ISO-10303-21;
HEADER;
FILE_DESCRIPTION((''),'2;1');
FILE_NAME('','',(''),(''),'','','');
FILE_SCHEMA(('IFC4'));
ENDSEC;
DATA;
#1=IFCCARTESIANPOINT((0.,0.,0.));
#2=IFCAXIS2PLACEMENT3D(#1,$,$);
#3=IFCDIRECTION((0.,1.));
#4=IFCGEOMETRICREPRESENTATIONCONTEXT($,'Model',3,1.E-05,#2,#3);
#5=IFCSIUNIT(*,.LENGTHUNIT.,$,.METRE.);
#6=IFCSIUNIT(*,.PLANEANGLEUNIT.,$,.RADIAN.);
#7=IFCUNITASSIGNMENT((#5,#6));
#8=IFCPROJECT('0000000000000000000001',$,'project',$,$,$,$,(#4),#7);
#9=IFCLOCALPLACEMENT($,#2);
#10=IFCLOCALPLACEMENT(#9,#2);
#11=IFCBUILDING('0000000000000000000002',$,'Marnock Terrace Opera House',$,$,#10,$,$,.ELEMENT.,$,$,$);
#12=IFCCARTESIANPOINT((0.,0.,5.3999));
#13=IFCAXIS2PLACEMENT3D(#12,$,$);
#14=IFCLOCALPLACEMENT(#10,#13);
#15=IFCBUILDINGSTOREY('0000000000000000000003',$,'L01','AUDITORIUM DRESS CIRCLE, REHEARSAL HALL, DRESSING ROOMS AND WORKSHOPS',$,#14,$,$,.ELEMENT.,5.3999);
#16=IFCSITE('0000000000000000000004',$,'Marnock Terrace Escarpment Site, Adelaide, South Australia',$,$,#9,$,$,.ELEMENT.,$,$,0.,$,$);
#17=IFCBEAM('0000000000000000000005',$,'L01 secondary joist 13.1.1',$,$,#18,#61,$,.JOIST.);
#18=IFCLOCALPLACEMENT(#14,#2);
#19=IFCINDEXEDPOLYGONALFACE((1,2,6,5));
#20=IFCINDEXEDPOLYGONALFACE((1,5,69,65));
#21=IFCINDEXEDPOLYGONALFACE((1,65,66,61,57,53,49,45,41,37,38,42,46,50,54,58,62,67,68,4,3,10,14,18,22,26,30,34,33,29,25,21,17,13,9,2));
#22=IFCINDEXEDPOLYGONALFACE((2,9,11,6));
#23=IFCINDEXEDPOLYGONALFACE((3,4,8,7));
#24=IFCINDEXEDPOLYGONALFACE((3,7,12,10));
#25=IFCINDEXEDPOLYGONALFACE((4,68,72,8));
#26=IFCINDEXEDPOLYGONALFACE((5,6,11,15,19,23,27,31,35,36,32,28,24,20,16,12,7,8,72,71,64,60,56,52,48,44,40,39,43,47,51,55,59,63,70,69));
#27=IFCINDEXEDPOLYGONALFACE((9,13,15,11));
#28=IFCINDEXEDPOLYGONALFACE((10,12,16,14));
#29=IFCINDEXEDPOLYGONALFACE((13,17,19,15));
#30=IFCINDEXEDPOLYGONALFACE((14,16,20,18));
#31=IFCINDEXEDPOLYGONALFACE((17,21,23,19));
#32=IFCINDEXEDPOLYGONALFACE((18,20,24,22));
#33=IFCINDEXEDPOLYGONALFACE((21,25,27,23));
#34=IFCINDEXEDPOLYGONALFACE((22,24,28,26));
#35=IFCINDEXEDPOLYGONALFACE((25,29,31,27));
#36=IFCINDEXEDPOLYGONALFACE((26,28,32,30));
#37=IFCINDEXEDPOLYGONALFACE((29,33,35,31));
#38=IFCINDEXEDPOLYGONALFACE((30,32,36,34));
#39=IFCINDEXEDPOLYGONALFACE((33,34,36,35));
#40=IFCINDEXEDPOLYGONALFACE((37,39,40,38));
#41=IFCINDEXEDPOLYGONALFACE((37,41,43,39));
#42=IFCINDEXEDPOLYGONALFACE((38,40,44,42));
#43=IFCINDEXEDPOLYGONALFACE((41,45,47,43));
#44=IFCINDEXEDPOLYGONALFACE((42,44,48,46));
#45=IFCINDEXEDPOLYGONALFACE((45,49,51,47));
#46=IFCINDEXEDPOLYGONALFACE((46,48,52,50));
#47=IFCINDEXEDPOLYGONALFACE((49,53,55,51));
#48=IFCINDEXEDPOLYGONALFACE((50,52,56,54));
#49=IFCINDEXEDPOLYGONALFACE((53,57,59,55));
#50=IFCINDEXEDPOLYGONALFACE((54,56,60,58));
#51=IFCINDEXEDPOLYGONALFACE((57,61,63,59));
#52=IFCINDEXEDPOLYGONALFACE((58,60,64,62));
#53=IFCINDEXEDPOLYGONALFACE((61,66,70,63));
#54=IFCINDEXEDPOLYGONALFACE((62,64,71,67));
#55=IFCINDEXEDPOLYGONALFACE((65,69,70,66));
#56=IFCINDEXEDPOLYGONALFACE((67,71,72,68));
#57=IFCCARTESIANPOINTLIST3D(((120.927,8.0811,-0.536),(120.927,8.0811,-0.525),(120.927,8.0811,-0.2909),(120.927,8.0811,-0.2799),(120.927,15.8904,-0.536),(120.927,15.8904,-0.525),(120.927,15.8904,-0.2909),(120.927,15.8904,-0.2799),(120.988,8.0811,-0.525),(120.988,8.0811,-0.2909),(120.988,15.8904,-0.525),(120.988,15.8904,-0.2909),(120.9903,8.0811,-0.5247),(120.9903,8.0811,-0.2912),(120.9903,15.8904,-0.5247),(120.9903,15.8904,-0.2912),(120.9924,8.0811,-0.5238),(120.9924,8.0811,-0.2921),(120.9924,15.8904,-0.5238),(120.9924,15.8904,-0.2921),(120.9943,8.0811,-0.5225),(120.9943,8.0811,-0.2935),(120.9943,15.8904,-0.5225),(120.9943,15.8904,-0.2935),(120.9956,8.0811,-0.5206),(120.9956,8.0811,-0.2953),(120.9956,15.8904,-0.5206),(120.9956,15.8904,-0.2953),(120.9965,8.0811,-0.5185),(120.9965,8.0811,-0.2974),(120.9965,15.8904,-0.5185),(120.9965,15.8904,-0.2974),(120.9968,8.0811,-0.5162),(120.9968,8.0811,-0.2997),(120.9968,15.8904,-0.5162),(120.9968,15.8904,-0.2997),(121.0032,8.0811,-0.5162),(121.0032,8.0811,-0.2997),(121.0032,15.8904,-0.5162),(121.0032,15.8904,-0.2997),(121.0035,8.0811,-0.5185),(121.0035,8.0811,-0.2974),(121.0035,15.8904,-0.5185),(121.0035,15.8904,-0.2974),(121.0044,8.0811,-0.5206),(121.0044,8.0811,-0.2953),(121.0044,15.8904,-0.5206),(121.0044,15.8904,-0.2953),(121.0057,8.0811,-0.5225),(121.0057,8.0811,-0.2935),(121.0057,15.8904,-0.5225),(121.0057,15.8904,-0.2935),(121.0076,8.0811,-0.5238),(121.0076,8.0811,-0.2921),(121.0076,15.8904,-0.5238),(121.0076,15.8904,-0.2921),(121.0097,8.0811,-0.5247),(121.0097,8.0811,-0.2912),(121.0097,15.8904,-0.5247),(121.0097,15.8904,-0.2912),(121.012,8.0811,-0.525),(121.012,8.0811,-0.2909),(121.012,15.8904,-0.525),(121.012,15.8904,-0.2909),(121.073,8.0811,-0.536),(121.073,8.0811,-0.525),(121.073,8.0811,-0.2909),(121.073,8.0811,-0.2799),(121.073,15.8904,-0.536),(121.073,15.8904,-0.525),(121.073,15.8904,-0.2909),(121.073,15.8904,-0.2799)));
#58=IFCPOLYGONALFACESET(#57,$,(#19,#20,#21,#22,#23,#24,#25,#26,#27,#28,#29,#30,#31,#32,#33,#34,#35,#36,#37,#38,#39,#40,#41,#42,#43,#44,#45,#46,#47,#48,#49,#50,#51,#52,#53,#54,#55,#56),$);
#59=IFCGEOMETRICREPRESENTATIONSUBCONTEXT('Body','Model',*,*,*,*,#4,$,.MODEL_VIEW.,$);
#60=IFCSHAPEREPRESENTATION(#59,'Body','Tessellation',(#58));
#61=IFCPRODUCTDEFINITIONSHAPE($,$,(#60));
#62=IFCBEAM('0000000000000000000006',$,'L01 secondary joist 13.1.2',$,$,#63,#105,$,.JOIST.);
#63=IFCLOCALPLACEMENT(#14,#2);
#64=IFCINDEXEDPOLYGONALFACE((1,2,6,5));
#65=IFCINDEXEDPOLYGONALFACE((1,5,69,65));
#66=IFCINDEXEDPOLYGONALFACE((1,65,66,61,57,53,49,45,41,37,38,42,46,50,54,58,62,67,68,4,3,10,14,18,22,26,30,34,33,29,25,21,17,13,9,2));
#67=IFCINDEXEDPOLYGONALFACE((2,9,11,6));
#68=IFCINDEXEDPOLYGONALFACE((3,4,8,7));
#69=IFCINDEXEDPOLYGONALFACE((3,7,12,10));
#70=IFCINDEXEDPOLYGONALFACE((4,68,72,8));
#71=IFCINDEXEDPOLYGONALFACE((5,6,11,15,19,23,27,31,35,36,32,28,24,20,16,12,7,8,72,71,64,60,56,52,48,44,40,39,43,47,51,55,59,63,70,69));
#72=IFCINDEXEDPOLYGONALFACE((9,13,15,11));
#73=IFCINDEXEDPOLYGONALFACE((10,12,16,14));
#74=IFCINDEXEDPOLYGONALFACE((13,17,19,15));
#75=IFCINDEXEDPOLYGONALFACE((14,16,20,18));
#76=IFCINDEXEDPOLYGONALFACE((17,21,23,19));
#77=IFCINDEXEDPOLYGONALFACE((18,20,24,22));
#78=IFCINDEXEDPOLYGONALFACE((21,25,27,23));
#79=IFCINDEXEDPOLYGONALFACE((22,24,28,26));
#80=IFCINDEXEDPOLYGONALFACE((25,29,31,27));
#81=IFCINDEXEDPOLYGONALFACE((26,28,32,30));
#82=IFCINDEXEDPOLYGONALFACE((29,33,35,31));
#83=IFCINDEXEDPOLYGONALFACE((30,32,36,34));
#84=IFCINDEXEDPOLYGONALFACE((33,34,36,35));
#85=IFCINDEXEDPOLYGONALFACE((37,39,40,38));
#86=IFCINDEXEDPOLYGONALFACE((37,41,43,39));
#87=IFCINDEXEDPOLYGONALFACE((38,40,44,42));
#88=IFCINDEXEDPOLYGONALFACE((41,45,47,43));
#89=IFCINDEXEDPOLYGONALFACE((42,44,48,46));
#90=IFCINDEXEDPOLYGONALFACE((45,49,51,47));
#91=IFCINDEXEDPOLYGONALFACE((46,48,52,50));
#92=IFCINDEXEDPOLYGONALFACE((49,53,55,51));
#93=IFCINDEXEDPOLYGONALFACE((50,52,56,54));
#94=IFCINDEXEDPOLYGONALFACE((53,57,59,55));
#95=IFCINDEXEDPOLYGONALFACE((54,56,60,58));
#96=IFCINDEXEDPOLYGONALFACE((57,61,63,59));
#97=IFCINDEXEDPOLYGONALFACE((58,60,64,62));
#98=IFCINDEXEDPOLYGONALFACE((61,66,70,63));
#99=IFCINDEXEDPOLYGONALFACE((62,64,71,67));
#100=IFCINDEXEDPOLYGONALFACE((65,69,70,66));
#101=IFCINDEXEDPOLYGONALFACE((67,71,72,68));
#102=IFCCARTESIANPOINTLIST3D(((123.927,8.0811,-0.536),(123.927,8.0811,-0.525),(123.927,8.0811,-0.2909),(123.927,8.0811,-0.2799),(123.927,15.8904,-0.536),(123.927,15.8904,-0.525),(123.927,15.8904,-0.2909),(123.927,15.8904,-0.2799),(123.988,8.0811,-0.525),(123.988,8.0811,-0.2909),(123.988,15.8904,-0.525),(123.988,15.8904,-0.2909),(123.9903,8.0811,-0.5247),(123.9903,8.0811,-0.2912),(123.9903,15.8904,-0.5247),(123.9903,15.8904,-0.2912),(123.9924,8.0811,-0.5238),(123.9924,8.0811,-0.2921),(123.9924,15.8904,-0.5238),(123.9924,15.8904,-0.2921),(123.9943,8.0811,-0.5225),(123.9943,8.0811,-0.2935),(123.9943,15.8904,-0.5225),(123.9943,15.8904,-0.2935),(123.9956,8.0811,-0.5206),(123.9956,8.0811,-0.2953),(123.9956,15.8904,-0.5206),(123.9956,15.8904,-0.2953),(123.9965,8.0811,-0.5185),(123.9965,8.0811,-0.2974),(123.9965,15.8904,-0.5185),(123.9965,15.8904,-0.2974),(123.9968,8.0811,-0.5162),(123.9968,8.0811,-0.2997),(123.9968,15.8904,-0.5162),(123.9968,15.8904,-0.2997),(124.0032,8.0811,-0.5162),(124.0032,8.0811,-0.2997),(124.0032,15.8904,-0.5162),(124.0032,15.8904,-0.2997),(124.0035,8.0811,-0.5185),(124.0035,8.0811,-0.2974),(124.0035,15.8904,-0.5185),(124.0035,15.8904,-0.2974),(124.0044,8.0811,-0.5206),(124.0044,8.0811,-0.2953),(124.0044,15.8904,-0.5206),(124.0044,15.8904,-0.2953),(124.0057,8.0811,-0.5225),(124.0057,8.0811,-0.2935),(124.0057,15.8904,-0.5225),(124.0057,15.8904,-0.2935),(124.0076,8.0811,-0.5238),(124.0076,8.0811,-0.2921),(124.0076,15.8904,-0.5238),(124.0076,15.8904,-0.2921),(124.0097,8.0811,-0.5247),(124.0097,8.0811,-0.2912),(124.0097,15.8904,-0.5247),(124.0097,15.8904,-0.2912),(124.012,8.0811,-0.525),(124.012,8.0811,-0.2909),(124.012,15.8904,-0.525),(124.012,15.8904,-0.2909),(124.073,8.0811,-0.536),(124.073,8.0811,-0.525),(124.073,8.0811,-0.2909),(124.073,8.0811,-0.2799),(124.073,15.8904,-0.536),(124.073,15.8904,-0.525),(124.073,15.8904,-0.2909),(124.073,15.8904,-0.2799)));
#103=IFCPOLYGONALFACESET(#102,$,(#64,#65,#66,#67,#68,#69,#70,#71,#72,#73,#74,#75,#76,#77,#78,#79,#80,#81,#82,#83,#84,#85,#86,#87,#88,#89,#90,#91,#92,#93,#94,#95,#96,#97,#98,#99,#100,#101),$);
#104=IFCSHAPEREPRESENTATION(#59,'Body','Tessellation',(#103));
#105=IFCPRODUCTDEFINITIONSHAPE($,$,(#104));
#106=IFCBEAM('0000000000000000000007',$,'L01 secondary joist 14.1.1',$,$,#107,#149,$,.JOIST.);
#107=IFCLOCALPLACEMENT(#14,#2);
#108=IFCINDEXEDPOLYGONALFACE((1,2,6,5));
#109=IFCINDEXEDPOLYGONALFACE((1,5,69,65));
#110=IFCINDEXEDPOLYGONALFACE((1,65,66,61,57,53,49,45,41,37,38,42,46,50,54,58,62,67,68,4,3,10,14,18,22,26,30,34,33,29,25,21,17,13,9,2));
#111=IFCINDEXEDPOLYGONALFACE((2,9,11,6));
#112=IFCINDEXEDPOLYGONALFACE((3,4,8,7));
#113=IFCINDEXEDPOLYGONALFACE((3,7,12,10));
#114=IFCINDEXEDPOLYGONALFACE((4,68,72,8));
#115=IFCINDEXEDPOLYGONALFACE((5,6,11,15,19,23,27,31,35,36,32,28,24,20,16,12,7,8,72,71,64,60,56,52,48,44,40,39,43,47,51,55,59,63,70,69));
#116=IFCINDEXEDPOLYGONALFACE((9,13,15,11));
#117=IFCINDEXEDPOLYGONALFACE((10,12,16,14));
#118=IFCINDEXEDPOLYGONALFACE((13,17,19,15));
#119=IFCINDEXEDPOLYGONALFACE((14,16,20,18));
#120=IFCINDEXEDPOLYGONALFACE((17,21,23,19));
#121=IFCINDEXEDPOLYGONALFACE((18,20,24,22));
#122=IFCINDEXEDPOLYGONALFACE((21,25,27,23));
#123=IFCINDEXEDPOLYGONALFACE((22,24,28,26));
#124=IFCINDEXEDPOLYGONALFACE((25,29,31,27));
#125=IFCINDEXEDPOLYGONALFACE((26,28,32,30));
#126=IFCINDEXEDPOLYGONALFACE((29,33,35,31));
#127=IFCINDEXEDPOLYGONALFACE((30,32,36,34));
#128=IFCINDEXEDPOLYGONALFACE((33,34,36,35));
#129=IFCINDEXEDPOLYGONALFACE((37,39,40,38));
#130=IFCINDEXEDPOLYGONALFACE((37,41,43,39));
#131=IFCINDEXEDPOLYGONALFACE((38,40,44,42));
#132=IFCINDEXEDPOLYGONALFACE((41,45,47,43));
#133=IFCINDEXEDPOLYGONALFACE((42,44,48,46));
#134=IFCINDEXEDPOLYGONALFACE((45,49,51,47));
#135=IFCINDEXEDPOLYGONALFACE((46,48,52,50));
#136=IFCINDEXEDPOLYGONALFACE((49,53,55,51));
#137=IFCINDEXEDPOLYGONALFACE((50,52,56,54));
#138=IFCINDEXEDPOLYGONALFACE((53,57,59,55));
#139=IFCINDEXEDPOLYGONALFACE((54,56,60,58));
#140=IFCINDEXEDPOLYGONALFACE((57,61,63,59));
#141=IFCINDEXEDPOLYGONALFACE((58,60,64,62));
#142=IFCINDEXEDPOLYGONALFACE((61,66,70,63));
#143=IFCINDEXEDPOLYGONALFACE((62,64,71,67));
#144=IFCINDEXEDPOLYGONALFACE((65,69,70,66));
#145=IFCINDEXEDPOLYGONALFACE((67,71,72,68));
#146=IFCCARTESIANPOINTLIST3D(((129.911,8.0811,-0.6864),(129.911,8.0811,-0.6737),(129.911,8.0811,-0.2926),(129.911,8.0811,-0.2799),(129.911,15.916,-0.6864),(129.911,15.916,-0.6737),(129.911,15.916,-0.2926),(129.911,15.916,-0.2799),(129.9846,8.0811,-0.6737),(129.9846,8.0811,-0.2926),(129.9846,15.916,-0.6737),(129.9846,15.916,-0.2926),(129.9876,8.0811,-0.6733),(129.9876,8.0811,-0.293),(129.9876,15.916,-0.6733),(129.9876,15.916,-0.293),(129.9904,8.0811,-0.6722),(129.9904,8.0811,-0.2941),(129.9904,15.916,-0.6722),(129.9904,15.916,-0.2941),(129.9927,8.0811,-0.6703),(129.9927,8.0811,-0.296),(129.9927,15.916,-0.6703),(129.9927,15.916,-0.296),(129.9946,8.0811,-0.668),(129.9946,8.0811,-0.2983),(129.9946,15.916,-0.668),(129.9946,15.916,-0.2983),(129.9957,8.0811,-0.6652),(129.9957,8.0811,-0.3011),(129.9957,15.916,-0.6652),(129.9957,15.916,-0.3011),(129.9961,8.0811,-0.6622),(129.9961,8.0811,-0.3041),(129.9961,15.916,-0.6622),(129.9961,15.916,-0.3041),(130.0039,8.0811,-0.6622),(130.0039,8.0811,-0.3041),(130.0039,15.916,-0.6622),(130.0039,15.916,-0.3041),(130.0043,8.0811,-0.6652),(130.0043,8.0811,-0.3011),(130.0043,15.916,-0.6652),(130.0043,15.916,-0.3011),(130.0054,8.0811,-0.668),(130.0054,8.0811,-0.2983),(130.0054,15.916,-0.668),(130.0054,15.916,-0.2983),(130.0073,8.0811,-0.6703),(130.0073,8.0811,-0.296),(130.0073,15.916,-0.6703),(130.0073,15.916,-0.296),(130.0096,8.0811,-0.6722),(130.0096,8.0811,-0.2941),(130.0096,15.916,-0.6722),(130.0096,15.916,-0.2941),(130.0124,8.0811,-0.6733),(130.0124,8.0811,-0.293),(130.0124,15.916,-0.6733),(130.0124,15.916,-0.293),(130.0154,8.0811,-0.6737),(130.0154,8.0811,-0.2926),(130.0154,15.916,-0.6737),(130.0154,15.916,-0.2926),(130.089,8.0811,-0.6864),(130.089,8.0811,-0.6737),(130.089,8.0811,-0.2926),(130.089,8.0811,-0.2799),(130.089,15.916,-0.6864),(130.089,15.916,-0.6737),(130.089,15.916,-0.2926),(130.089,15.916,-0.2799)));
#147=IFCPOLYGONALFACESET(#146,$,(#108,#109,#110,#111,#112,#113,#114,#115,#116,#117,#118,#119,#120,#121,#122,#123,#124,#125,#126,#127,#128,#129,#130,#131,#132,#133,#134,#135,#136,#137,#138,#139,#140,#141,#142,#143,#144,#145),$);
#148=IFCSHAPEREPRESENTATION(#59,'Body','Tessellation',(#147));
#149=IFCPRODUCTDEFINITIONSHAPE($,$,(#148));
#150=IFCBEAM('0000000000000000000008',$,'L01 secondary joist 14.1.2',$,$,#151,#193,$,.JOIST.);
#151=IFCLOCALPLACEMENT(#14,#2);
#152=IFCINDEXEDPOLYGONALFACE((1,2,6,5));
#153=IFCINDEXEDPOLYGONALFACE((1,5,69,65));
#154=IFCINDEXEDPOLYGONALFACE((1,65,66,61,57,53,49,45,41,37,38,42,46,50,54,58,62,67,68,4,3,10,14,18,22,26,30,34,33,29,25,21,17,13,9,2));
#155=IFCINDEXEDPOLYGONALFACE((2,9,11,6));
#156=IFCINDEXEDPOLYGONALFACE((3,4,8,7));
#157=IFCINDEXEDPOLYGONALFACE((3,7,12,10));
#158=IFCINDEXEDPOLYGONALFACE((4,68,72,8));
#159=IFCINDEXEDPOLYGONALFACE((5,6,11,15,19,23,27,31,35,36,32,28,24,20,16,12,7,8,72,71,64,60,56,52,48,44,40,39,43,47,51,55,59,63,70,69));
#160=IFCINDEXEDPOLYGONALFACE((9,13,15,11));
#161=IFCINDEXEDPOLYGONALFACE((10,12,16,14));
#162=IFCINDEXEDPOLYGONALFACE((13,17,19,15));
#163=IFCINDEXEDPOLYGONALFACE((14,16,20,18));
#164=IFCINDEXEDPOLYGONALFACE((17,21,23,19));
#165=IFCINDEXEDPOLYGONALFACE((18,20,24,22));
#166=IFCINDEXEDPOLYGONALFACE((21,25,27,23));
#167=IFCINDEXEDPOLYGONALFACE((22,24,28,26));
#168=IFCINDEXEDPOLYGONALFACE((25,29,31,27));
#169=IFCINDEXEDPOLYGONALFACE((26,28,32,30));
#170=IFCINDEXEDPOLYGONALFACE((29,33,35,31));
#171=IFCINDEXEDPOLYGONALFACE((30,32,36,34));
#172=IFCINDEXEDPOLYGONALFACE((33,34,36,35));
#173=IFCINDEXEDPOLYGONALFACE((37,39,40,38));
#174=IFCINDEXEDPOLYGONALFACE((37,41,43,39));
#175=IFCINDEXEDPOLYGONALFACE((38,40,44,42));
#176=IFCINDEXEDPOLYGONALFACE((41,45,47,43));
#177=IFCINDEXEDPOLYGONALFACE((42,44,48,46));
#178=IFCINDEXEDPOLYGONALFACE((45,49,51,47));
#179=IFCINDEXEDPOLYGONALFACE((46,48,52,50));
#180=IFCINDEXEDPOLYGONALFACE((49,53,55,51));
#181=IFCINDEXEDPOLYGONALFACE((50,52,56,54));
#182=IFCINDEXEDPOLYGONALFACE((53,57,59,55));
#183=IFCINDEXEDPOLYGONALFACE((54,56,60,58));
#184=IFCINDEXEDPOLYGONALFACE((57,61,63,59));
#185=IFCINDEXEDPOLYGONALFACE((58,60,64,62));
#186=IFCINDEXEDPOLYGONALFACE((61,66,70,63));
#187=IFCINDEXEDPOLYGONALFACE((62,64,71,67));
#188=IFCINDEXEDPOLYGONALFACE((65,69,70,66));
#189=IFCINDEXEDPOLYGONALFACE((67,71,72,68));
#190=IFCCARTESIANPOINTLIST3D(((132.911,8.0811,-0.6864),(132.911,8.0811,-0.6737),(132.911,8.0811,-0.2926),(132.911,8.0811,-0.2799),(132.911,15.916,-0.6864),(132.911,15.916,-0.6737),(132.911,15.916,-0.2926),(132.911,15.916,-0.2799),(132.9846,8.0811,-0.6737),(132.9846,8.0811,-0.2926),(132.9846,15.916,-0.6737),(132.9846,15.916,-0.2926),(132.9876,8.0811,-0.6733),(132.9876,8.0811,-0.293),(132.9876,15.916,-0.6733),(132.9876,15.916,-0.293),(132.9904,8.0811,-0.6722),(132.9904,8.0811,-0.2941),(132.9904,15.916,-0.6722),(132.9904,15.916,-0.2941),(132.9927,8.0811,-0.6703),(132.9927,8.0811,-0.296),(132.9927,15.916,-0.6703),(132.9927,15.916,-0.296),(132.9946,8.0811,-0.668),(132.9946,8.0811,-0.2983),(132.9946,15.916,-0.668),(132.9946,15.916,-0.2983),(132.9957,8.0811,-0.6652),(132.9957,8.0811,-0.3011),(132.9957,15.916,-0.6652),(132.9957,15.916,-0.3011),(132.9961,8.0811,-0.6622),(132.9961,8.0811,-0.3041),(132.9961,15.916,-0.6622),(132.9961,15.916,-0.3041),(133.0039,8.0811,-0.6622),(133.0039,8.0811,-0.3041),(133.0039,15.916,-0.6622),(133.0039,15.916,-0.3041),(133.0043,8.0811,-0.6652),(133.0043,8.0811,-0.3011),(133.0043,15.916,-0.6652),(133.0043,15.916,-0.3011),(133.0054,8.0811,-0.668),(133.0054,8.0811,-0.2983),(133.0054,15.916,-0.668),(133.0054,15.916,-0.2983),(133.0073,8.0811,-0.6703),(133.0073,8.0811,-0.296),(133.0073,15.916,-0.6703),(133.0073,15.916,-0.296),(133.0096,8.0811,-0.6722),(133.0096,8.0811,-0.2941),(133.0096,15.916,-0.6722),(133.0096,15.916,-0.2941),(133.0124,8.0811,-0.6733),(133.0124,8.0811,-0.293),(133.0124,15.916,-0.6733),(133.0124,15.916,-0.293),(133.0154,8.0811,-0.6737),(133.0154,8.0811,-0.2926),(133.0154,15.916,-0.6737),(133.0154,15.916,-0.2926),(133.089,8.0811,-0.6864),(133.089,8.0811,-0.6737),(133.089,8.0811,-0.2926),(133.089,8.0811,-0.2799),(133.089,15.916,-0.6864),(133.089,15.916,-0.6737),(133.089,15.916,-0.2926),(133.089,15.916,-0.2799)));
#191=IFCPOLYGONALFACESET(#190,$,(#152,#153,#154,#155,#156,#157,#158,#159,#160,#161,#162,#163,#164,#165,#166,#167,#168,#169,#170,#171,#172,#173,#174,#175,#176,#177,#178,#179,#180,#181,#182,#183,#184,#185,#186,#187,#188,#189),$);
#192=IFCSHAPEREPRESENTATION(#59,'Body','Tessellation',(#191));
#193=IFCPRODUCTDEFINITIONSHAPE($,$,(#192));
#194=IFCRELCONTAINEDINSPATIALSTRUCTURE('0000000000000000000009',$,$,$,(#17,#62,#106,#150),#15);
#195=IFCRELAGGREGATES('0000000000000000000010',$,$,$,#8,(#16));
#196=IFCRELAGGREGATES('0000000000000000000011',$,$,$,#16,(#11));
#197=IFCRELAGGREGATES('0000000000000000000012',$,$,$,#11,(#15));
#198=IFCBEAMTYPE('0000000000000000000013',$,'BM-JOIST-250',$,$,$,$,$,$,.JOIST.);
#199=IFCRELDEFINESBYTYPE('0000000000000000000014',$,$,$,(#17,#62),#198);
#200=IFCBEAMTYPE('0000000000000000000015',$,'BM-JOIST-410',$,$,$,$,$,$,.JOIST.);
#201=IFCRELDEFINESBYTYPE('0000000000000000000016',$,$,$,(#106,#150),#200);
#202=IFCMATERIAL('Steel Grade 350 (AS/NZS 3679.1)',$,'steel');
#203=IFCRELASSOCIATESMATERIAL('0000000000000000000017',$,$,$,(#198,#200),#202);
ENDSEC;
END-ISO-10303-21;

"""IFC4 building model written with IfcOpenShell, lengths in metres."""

from ifc_helpers import new_model, si_unit, direction, frame, origin, origin_2d, place, context, subcontext, project, spatial, i_section, extrude, material, material_profile, profile_set, type_object, element, save


model = new_model("IFC4")

# Units and contexts
model_context = context("Model", 3, precision=1e-05, world=origin(), true_north=direction((0.0, 1.0)))
body_context = subcontext(model_context, "Body", "Model", "MODEL_VIEW")
ifc_project = project(units=[si_unit("LENGTHUNIT", "METRE"), si_unit("PLANEANGLEUNIT", "RADIAN")], contexts=[model_context])

# Site, building, storey
site_placement = place(None, origin())
site = spatial("IfcSite", under=ifc_project, at=site_placement, Name="Marnock Terrace Escarpment Site, Adelaide, South Australia", CompositionType="ELEMENT", RefElevation=0.0)
building_placement = place(site_placement, origin())
building = spatial("IfcBuilding", under=site, at=building_placement, Name="Marnock Terrace Opera House", CompositionType="ELEMENT")
storey_placement = place(building_placement, frame((0.0, 0.0, 5.3999)))
storey = spatial("IfcBuildingStorey", under=building, at=storey_placement, Name="L01", Description="AUDITORIUM DRESS CIRCLE, REHEARSAL HALL, DRESSING ROOMS AND WORKSHOPS", CompositionType="ELEMENT", Elevation=5.3999)

# Beams
ifc_material_1 = material(Name="Steel Grade 350 (AS/NZS 3679.1)", Category="steel")
ifc_material_profile_1 = material_profile(ifc_material_1, i_section(OverallWidth=0.146, OverallDepth=0.2561, WebThickness=0.0063, FlangeThickness=0.011, FilletRadius=0.0088, at=origin_2d()))
ifc_profile_set_1 = profile_set([ifc_material_profile_1], Name="Steel Grade 350 (AS/NZS 3679.1)")
beam_type_1 = type_object("IfcBeamType", Name="BM-JOIST-250", PredefinedType="JOIST", material=ifc_profile_set_1)
for number, where, z_axis, x_axis, name in (
    (1, (121.0, 8.0811, -0.408), (0.0, 1.0, 0.0), (-1.0, 0.0, 0.0), "L01 secondary joist 13.1.1"),
    (2, (124.0, 8.0811, -0.408), (0.0, 1.0, 0.0), (-1.0, 0.0, 0.0), "L01 secondary joist 13.1.2"),
):
    element("IfcBeam", number, at=place(storey_placement, frame(where, z_axis=z_axis, x_axis=x_axis)), inside=storey, type_object=beam_type_1, Name=name, PredefinedType="JOIST", context=body_context, shape_type="SweptSolid", body=[
        extrude(i_section(OverallWidth=0.146, OverallDepth=0.2561, WebThickness=0.0063, FlangeThickness=0.011, FilletRadius=0.0088, at=origin_2d()), origin(), (0.0, 0.0, 1.0), 7.8093),
    ])
ifc_material_profile_2 = material_profile(ifc_material_1, i_section(OverallWidth=0.178, OverallDepth=0.4065, WebThickness=0.0078, FlangeThickness=0.0127, FilletRadius=0.0115, at=origin_2d()))
ifc_profile_set_2 = profile_set([ifc_material_profile_2], Name="Steel Grade 350 (AS/NZS 3679.1)")
beam_type_2 = type_object("IfcBeamType", Name="BM-JOIST-410", PredefinedType="JOIST", material=ifc_profile_set_2)
for number, where, z_axis, x_axis, name in (
    (3, (130.0, 8.0811, -0.4832), (0.0, 1.0, 0.0), (-1.0, 0.0, 0.0), "L01 secondary joist 14.1.1"),
    (4, (133.0, 8.0811, -0.4832), (0.0, 1.0, 0.0), (-1.0, 0.0, 0.0), "L01 secondary joist 14.1.2"),
):
    element("IfcBeam", number, at=place(storey_placement, frame(where, z_axis=z_axis, x_axis=x_axis)), inside=storey, type_object=beam_type_2, Name=name, PredefinedType="JOIST", context=body_context, shape_type="SweptSolid", body=[
        extrude(i_section(OverallWidth=0.178, OverallDepth=0.4065, WebThickness=0.0078, FlangeThickness=0.0127, FilletRadius=0.0115, at=origin_2d()), origin(), (0.0, 0.0, 1.0), 7.835),
    ])

save(model, "model.ifc")
